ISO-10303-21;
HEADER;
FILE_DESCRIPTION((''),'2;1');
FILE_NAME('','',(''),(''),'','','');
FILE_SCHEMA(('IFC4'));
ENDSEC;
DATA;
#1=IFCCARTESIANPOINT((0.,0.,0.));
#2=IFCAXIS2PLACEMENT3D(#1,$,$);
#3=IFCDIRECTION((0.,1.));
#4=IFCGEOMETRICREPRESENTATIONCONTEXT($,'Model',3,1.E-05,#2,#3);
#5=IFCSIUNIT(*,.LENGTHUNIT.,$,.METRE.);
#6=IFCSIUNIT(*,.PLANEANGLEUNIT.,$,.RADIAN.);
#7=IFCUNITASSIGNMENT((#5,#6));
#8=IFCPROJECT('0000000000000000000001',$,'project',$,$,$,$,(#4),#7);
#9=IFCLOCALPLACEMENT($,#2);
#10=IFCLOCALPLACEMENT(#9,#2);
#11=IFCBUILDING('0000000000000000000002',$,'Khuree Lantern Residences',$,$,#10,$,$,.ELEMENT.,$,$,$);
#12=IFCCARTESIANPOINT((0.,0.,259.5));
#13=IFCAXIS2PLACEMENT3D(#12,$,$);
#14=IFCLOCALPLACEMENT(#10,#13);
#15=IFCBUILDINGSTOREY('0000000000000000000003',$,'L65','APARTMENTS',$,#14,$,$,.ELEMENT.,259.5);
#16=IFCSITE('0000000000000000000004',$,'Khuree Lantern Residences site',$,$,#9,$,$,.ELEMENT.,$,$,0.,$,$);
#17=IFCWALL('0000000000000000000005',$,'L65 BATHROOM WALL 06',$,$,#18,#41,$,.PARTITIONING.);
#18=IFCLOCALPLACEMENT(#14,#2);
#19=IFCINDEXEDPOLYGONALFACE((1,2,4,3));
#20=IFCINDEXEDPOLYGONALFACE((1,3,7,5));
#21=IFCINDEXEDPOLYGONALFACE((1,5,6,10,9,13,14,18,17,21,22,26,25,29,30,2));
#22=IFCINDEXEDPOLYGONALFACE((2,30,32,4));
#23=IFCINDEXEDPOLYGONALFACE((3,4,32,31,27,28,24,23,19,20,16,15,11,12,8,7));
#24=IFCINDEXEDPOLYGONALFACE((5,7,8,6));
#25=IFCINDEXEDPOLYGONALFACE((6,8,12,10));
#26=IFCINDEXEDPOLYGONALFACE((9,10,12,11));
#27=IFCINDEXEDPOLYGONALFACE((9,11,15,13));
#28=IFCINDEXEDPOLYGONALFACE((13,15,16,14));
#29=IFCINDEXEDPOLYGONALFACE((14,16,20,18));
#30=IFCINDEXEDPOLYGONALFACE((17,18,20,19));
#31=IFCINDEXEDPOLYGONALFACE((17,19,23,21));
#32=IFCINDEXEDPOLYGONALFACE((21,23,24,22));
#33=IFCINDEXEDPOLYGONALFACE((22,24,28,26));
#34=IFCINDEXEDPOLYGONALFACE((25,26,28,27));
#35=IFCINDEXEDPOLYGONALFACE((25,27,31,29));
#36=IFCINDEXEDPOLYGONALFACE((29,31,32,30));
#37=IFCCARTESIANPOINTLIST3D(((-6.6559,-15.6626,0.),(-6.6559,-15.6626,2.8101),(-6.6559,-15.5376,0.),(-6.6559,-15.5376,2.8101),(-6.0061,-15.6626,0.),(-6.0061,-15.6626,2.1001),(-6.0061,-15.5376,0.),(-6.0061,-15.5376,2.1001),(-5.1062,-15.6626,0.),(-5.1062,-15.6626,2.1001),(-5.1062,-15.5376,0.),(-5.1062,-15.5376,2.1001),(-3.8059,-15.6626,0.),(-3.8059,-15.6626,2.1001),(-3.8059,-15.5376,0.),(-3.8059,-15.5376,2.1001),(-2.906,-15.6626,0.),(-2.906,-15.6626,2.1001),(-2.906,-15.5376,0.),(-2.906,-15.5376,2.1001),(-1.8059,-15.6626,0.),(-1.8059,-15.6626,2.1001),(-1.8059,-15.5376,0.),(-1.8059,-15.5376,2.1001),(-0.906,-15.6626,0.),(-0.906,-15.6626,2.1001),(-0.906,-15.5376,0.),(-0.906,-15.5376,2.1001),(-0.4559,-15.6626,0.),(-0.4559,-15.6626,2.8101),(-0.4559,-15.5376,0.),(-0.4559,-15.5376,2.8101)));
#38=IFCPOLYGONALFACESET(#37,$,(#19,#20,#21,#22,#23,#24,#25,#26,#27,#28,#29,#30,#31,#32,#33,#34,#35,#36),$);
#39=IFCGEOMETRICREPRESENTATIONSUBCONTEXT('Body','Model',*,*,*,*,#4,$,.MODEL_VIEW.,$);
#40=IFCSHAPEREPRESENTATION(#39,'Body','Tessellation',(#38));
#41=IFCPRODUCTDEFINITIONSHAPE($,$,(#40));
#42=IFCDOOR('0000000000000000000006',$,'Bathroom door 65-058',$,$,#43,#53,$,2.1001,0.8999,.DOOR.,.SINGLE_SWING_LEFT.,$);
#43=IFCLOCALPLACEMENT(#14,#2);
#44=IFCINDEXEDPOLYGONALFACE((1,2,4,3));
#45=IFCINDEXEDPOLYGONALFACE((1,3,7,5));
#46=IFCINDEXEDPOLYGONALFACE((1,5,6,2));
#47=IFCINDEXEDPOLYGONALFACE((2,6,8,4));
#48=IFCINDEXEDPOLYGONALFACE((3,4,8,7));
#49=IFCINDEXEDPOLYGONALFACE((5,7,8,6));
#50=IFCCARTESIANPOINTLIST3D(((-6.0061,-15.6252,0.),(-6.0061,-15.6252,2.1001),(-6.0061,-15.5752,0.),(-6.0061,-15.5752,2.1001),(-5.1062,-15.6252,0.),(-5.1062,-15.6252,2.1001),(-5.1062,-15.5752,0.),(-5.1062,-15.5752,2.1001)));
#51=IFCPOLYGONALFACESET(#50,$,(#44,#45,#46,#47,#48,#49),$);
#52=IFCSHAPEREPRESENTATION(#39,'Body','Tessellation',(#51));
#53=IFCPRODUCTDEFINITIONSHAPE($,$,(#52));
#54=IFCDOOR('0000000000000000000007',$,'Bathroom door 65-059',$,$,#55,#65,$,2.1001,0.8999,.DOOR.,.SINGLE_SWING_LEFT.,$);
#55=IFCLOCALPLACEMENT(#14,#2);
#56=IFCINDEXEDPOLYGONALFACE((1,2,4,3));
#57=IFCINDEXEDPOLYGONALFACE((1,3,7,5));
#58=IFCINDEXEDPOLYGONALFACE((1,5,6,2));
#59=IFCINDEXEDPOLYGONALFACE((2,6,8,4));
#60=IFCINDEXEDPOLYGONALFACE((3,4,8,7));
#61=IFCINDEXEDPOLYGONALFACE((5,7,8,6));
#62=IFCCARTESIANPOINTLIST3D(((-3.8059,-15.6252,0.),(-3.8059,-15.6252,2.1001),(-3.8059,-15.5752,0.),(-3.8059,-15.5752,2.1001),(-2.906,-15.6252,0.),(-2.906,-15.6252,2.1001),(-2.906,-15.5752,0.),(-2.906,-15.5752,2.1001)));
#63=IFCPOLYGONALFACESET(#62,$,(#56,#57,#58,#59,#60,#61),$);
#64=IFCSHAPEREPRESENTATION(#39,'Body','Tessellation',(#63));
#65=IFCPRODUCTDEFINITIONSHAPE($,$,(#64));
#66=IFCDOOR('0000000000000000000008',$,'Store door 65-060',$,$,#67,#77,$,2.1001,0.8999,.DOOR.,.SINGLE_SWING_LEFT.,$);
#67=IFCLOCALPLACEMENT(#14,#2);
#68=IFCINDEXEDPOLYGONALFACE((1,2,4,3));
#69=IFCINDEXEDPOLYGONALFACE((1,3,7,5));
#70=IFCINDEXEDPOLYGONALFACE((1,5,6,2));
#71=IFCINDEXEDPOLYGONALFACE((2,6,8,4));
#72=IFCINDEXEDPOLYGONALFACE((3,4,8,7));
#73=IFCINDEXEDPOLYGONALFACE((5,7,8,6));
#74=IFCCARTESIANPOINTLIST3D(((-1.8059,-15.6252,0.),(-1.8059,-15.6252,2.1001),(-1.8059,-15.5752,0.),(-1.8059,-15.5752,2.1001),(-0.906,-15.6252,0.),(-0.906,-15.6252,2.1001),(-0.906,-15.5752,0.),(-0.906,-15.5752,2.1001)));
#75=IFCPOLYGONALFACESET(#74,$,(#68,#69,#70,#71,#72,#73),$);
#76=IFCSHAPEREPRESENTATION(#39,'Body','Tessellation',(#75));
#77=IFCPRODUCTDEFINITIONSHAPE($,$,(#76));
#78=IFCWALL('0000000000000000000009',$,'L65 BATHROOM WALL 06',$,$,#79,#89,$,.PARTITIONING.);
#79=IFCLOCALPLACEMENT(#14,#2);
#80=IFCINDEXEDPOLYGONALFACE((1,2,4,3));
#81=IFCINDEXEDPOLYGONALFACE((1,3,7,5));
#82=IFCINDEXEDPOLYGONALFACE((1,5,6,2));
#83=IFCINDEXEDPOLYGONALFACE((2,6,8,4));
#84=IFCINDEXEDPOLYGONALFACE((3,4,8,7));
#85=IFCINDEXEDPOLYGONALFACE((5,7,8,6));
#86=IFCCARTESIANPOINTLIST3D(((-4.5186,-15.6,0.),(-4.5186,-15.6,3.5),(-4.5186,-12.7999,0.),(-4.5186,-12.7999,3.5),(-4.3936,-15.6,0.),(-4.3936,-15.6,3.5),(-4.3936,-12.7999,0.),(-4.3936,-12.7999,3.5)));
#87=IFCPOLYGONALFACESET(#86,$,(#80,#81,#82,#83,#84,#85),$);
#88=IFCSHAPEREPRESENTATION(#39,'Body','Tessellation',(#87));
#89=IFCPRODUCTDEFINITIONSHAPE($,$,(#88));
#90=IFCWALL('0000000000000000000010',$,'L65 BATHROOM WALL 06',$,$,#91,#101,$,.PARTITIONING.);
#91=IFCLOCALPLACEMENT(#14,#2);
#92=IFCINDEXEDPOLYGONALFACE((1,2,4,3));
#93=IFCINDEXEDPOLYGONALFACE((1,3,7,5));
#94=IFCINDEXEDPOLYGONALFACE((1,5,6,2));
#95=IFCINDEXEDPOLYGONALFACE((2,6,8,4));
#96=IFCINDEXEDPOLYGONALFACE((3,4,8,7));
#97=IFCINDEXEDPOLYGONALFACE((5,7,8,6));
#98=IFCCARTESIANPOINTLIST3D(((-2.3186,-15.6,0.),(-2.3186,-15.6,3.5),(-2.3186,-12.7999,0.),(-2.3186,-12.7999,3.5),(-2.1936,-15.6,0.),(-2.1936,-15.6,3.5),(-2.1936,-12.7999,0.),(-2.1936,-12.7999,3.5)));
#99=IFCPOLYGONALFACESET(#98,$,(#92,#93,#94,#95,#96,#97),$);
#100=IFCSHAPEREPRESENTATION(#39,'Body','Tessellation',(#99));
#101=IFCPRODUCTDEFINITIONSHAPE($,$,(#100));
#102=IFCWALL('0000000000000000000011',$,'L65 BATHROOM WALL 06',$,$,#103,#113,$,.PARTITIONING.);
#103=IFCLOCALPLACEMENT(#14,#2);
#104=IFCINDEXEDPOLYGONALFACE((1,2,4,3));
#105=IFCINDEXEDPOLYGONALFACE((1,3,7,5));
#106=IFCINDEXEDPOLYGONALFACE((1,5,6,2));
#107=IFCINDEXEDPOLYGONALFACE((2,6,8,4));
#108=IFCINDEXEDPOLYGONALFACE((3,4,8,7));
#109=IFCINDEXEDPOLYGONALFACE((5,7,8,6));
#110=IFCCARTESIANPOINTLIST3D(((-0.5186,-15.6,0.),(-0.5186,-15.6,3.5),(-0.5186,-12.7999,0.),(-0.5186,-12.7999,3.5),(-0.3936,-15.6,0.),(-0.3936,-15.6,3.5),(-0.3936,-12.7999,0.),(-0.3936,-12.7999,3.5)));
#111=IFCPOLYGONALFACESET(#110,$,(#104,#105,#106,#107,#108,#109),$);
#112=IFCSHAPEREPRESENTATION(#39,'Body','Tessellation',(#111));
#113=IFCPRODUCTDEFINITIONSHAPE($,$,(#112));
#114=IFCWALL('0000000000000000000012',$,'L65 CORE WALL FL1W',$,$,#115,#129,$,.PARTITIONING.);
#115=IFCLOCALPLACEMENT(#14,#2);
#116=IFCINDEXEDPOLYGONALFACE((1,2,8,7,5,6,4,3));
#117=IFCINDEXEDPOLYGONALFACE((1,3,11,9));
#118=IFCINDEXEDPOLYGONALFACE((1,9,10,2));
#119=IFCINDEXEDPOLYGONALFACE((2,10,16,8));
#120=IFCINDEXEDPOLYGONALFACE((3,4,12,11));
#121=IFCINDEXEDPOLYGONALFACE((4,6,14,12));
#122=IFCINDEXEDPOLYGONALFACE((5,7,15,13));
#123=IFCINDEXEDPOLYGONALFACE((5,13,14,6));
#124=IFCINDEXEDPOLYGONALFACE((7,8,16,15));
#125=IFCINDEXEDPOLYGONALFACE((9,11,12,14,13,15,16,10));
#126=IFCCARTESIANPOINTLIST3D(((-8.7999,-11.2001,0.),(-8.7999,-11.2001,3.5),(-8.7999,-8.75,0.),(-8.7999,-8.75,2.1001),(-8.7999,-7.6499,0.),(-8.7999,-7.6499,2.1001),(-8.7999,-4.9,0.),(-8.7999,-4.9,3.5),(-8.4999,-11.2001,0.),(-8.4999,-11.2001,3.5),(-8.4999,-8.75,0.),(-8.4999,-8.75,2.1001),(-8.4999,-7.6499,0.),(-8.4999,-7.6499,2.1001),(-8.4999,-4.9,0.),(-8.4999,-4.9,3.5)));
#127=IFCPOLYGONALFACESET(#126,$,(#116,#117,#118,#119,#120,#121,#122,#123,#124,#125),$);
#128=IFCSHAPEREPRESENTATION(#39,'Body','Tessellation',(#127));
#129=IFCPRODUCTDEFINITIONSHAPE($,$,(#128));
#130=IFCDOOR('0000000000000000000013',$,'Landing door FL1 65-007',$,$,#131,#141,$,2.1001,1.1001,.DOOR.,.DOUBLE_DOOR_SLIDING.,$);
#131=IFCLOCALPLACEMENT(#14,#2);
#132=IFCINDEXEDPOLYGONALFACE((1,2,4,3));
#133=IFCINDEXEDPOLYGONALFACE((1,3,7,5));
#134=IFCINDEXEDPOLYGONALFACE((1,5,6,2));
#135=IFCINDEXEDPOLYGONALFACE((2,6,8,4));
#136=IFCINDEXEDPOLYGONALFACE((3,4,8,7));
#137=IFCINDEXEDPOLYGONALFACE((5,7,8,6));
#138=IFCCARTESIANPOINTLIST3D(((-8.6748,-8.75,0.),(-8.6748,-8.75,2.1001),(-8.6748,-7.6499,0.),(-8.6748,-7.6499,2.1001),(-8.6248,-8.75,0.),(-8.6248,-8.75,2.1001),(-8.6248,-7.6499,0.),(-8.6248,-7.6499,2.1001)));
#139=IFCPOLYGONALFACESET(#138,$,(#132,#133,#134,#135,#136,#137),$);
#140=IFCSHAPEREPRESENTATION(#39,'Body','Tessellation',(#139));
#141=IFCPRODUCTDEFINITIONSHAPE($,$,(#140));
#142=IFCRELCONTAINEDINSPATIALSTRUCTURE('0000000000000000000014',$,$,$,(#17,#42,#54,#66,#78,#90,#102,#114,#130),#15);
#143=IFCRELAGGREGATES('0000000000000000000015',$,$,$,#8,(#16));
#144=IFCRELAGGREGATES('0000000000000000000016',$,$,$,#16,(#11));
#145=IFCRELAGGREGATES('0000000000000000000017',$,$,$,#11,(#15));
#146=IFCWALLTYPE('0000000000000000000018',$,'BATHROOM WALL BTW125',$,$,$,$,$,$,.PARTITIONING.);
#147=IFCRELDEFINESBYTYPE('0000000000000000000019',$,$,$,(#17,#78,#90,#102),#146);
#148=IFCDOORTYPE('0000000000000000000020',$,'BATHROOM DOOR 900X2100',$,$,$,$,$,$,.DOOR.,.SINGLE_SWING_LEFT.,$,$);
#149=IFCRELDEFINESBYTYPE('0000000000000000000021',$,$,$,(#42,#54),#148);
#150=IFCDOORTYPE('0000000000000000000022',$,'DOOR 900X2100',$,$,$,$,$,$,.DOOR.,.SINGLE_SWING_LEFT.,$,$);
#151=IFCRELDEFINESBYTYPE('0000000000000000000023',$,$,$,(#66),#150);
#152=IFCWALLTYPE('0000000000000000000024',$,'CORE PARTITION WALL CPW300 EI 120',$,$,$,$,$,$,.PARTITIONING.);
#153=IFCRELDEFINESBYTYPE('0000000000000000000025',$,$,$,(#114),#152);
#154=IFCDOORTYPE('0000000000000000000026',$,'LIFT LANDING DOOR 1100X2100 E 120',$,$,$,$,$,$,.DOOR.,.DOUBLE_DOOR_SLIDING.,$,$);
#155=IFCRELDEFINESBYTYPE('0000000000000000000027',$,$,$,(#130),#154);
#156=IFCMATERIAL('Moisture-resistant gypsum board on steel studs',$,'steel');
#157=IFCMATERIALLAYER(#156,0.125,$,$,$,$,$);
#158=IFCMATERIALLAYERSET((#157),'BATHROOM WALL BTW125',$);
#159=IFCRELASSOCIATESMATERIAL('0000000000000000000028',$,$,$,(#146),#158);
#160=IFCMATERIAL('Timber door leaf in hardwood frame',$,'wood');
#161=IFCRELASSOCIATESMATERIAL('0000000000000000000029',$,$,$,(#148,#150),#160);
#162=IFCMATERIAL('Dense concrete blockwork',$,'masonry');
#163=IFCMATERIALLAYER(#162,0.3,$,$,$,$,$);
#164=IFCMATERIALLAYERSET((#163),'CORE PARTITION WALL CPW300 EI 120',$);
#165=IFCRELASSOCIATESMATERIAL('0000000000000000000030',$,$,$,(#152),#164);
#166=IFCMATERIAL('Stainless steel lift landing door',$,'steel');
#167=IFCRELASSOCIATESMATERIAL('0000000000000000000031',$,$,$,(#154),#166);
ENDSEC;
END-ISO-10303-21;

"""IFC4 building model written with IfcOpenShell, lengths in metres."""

from ifc_helpers import new_model, si_unit, direction, frame, frame_2d, origin, place, context, subcontext, project, spatial, rectangle, extrude, material, layer, layer_set, type_object, element, fill, save


model = new_model("IFC4")

# Units and contexts
model_context = context("Model", 3, precision=1e-05, world=origin(), true_north=direction((0.0, 1.0)))
body_context = subcontext(model_context, "Body", "Model", "MODEL_VIEW")
ifc_project = project(units=[si_unit("LENGTHUNIT", "METRE"), si_unit("PLANEANGLEUNIT", "RADIAN")], contexts=[model_context])

# Site, building, storey
site_placement = place(None, origin())
site = spatial("IfcSite", under=ifc_project, at=site_placement, Name="Khuree Lantern Residences site", CompositionType="ELEMENT", RefElevation=0.0)
building_placement = place(site_placement, origin())
building = spatial("IfcBuilding", under=site, at=building_placement, Name="Khuree Lantern Residences", CompositionType="ELEMENT")
storey_placement = place(building_placement, frame((0.0, 0.0, 259.5)))
storey = spatial("IfcBuildingStorey", under=building, at=storey_placement, Name="L65", Description="APARTMENTS", CompositionType="ELEMENT", Elevation=259.5)

# Wall, openings, doors
ifc_material_1 = material(Name="Moisture-resistant gypsum board on steel studs", Category="steel")
ifc_layer_1 = layer(ifc_material_1, 0.125)
ifc_layer_set_1 = layer_set([ifc_layer_1], Name="BATHROOM WALL BTW125")
wall_type_1 = type_object("IfcWallType", Name="BATHROOM WALL BTW125", PredefinedType="PARTITIONING", material=ifc_layer_set_1)
wall_1_placement = place(storey_placement, frame((-6.656, -15.6001, 0.0), z_axis=(0.0, 0.0, 1.0), x_axis=(1.0, 0.0, 0.0)))
wall_1 = element("IfcWall", 1, at=wall_1_placement, inside=storey, type_object=wall_type_1, Name="L65 BATHROOM WALL 06", PredefinedType="PARTITIONING", context=body_context, shape_type="SweptSolid", body=[
    extrude(rectangle(XDim=6.2, YDim=0.125, at=frame_2d((3.1001, 0.0))), origin(), (0.0, 0.0, 1.0), 2.8101),
])
opening_1_placement = place(wall_1_placement, frame((0.6499, 0.0, 0.0)))
opening_1 = element("IfcOpeningElement", 2, at=opening_1_placement, cuts=wall_1, PredefinedType="OPENING", context=body_context, shape_type="SweptSolid", body=[
    extrude(rectangle(XDim=0.8999, YDim=2.1001, at=frame_2d((0.45, 1.05))), frame((0.0, 0.0725, 0.0), z_axis=(0.0, -1.0, 0.0), x_axis=(1.0, 0.0, 0.0)), (0.0, 0.0, 1.0), 0.145),
])
opening_2_placement = place(wall_1_placement, frame((2.8501, 0.0, 0.0)))
opening_2 = element("IfcOpeningElement", 3, at=opening_2_placement, cuts=wall_1, PredefinedType="OPENING", context=body_context, shape_type="SweptSolid", body=[
    extrude(rectangle(XDim=0.8999, YDim=2.1001, at=frame_2d((0.45, 1.05))), frame((0.0, 0.0725, 0.0), z_axis=(0.0, -1.0, 0.0), x_axis=(1.0, 0.0, 0.0)), (0.0, 0.0, 1.0), 0.145),
])
opening_3_placement = place(wall_1_placement, frame((4.8501, 0.0, 0.0)))
opening_3 = element("IfcOpeningElement", 4, at=opening_3_placement, cuts=wall_1, PredefinedType="OPENING", context=body_context, shape_type="SweptSolid", body=[
    extrude(rectangle(XDim=0.8999, YDim=2.1001, at=frame_2d((0.45, 1.05))), frame((0.0, 0.0725, 0.0), z_axis=(0.0, -1.0, 0.0), x_axis=(1.0, 0.0, 0.0)), (0.0, 0.0, 1.0), 0.145),
])
ifc_material_2 = material(Name="Timber door leaf in hardwood frame", Category="wood")
door_type_1 = type_object("IfcDoorType", Name="BATHROOM DOOR 900X2100", OperationType="SINGLE_SWING_LEFT", PredefinedType="DOOR", material=ifc_material_2)
door_1_placement = place(opening_1_placement, origin())
door_1 = element("IfcDoor", 5, at=door_1_placement, inside=storey, type_object=door_type_1, Name="Bathroom door 65-058", OperationType="SINGLE_SWING_LEFT", OverallHeight=2.1001, OverallWidth=0.8999, PredefinedType="DOOR", context=body_context, shape_type="SweptSolid", body=[
    extrude(rectangle(XDim=0.8999, YDim=2.1001, at=frame_2d((0.45, 1.05))), frame((0.0, 0.0249, 0.0), z_axis=(0.0, -1.0, 0.0), x_axis=(1.0, 0.0, 0.0)), (0.0, 0.0, 1.0), 0.05),
])
fill(opening_1, door_1)
door_2_placement = place(opening_2_placement, origin())
door_2 = element("IfcDoor", 6, at=door_2_placement, inside=storey, type_object=door_type_1, Name="Bathroom door 65-059", OperationType="SINGLE_SWING_LEFT", OverallHeight=2.1001, OverallWidth=0.8999, PredefinedType="DOOR", context=body_context, shape_type="SweptSolid", body=[
    extrude(rectangle(XDim=0.8999, YDim=2.1001, at=frame_2d((0.45, 1.05))), frame((0.0, 0.0249, 0.0), z_axis=(0.0, -1.0, 0.0), x_axis=(1.0, 0.0, 0.0)), (0.0, 0.0, 1.0), 0.05),
])
fill(opening_2, door_2)
door_type_2 = type_object("IfcDoorType", Name="DOOR 900X2100", OperationType="SINGLE_SWING_LEFT", PredefinedType="DOOR", material=ifc_material_2)
door_3_placement = place(opening_3_placement, origin())
door_3 = element("IfcDoor", 7, at=door_3_placement, inside=storey, type_object=door_type_2, Name="Store door 65-060", OperationType="SINGLE_SWING_LEFT", OverallHeight=2.1001, OverallWidth=0.8999, PredefinedType="DOOR", context=body_context, shape_type="SweptSolid", body=[
    extrude(rectangle(XDim=0.8999, YDim=2.1001, at=frame_2d((0.45, 1.05))), frame((0.0, 0.0249, 0.0), z_axis=(0.0, -1.0, 0.0), x_axis=(1.0, 0.0, 0.0)), (0.0, 0.0, 1.0), 0.05),
])
fill(opening_3, door_3)

# Walls
for number, where, z_axis, x_axis, name in (
    (8, (-4.4561, -12.8, 0.0), (0.0, 0.0, 1.0), (0.0, -1.0, 0.0), "L65 BATHROOM WALL 06"),
    (9, (-2.2561, -12.8, 0.0), (0.0, 0.0, 1.0), (0.0, -1.0, 0.0), "L65 BATHROOM WALL 06"),
    (10, (-0.4561, -12.8, 0.0), (0.0, 0.0, 1.0), (0.0, -1.0, 0.0), "L65 BATHROOM WALL 06"),
):
    element("IfcWall", number, at=place(storey_placement, frame(where, z_axis=z_axis, x_axis=x_axis)), inside=storey, type_object=wall_type_1, Name=name, PredefinedType="PARTITIONING", context=body_context, shape_type="SweptSolid", body=[
        extrude(rectangle(XDim=2.8, YDim=0.125, at=frame_2d((1.3999, 0.0))), origin(), (0.0, 0.0, 1.0), 3.5),
    ])

# Wall, opening, door
ifc_material_3 = material(Name="Dense concrete blockwork", Category="masonry")
ifc_layer_2 = layer(ifc_material_3, 0.3)
ifc_layer_set_2 = layer_set([ifc_layer_2], Name="CORE PARTITION WALL CPW300 EI 120")
wall_type_2 = type_object("IfcWallType", Name="CORE PARTITION WALL CPW300 EI 120", PredefinedType="PARTITIONING", material=ifc_layer_set_2)
wall_2_placement = place(storey_placement, frame((-8.6499, -11.2, 0.0), z_axis=(0.0, 0.0, 1.0), x_axis=(0.0, 1.0, 0.0)))
wall_2 = element("IfcWall", 11, at=wall_2_placement, inside=storey, type_object=wall_type_2, Name="L65 CORE WALL FL1W", PredefinedType="PARTITIONING", context=body_context, shape_type="SweptSolid", body=[
    extrude(rectangle(XDim=6.3, YDim=0.3, at=frame_2d((3.1499, 0.0))), origin(), (0.0, 0.0, 1.0), 3.5),
])
opening_4_placement = place(wall_2_placement, frame((2.45, 0.0, 0.0)))
opening_4 = element("IfcOpeningElement", 12, at=opening_4_placement, cuts=wall_2, PredefinedType="OPENING", context=body_context, shape_type="SweptSolid", body=[
    extrude(rectangle(XDim=1.1001, YDim=2.1001, at=frame_2d((0.55, 1.05))), frame((0.0, 0.1602, 0.0), z_axis=(0.0, -1.0, 0.0), x_axis=(1.0, 0.0, 0.0)), (0.0, 0.0, 1.0), 0.3201),
])
ifc_material_4 = material(Name="Stainless steel lift landing door", Category="steel")
door_type_3 = type_object("IfcDoorType", Name="LIFT LANDING DOOR 1100X2100 E 120", OperationType="DOUBLE_DOOR_SLIDING", PredefinedType="DOOR", material=ifc_material_4)
door_4_placement = place(opening_4_placement, origin())
door_4 = element("IfcDoor", 13, at=door_4_placement, inside=storey, type_object=door_type_3, Name="Landing door FL1 65-007", OperationType="DOUBLE_DOOR_SLIDING", OverallHeight=2.1001, OverallWidth=1.1001, PredefinedType="DOOR", context=body_context, shape_type="SweptSolid", body=[
    extrude(rectangle(XDim=1.1001, YDim=2.1001, at=frame_2d((0.55, 1.05))), frame((0.0, 0.0249, 0.0), z_axis=(0.0, -1.0, 0.0), x_axis=(1.0, 0.0, 0.0)), (0.0, 0.0, 1.0), 0.05),
])
fill(opening_4, door_4)

save(model, "model.ifc")
